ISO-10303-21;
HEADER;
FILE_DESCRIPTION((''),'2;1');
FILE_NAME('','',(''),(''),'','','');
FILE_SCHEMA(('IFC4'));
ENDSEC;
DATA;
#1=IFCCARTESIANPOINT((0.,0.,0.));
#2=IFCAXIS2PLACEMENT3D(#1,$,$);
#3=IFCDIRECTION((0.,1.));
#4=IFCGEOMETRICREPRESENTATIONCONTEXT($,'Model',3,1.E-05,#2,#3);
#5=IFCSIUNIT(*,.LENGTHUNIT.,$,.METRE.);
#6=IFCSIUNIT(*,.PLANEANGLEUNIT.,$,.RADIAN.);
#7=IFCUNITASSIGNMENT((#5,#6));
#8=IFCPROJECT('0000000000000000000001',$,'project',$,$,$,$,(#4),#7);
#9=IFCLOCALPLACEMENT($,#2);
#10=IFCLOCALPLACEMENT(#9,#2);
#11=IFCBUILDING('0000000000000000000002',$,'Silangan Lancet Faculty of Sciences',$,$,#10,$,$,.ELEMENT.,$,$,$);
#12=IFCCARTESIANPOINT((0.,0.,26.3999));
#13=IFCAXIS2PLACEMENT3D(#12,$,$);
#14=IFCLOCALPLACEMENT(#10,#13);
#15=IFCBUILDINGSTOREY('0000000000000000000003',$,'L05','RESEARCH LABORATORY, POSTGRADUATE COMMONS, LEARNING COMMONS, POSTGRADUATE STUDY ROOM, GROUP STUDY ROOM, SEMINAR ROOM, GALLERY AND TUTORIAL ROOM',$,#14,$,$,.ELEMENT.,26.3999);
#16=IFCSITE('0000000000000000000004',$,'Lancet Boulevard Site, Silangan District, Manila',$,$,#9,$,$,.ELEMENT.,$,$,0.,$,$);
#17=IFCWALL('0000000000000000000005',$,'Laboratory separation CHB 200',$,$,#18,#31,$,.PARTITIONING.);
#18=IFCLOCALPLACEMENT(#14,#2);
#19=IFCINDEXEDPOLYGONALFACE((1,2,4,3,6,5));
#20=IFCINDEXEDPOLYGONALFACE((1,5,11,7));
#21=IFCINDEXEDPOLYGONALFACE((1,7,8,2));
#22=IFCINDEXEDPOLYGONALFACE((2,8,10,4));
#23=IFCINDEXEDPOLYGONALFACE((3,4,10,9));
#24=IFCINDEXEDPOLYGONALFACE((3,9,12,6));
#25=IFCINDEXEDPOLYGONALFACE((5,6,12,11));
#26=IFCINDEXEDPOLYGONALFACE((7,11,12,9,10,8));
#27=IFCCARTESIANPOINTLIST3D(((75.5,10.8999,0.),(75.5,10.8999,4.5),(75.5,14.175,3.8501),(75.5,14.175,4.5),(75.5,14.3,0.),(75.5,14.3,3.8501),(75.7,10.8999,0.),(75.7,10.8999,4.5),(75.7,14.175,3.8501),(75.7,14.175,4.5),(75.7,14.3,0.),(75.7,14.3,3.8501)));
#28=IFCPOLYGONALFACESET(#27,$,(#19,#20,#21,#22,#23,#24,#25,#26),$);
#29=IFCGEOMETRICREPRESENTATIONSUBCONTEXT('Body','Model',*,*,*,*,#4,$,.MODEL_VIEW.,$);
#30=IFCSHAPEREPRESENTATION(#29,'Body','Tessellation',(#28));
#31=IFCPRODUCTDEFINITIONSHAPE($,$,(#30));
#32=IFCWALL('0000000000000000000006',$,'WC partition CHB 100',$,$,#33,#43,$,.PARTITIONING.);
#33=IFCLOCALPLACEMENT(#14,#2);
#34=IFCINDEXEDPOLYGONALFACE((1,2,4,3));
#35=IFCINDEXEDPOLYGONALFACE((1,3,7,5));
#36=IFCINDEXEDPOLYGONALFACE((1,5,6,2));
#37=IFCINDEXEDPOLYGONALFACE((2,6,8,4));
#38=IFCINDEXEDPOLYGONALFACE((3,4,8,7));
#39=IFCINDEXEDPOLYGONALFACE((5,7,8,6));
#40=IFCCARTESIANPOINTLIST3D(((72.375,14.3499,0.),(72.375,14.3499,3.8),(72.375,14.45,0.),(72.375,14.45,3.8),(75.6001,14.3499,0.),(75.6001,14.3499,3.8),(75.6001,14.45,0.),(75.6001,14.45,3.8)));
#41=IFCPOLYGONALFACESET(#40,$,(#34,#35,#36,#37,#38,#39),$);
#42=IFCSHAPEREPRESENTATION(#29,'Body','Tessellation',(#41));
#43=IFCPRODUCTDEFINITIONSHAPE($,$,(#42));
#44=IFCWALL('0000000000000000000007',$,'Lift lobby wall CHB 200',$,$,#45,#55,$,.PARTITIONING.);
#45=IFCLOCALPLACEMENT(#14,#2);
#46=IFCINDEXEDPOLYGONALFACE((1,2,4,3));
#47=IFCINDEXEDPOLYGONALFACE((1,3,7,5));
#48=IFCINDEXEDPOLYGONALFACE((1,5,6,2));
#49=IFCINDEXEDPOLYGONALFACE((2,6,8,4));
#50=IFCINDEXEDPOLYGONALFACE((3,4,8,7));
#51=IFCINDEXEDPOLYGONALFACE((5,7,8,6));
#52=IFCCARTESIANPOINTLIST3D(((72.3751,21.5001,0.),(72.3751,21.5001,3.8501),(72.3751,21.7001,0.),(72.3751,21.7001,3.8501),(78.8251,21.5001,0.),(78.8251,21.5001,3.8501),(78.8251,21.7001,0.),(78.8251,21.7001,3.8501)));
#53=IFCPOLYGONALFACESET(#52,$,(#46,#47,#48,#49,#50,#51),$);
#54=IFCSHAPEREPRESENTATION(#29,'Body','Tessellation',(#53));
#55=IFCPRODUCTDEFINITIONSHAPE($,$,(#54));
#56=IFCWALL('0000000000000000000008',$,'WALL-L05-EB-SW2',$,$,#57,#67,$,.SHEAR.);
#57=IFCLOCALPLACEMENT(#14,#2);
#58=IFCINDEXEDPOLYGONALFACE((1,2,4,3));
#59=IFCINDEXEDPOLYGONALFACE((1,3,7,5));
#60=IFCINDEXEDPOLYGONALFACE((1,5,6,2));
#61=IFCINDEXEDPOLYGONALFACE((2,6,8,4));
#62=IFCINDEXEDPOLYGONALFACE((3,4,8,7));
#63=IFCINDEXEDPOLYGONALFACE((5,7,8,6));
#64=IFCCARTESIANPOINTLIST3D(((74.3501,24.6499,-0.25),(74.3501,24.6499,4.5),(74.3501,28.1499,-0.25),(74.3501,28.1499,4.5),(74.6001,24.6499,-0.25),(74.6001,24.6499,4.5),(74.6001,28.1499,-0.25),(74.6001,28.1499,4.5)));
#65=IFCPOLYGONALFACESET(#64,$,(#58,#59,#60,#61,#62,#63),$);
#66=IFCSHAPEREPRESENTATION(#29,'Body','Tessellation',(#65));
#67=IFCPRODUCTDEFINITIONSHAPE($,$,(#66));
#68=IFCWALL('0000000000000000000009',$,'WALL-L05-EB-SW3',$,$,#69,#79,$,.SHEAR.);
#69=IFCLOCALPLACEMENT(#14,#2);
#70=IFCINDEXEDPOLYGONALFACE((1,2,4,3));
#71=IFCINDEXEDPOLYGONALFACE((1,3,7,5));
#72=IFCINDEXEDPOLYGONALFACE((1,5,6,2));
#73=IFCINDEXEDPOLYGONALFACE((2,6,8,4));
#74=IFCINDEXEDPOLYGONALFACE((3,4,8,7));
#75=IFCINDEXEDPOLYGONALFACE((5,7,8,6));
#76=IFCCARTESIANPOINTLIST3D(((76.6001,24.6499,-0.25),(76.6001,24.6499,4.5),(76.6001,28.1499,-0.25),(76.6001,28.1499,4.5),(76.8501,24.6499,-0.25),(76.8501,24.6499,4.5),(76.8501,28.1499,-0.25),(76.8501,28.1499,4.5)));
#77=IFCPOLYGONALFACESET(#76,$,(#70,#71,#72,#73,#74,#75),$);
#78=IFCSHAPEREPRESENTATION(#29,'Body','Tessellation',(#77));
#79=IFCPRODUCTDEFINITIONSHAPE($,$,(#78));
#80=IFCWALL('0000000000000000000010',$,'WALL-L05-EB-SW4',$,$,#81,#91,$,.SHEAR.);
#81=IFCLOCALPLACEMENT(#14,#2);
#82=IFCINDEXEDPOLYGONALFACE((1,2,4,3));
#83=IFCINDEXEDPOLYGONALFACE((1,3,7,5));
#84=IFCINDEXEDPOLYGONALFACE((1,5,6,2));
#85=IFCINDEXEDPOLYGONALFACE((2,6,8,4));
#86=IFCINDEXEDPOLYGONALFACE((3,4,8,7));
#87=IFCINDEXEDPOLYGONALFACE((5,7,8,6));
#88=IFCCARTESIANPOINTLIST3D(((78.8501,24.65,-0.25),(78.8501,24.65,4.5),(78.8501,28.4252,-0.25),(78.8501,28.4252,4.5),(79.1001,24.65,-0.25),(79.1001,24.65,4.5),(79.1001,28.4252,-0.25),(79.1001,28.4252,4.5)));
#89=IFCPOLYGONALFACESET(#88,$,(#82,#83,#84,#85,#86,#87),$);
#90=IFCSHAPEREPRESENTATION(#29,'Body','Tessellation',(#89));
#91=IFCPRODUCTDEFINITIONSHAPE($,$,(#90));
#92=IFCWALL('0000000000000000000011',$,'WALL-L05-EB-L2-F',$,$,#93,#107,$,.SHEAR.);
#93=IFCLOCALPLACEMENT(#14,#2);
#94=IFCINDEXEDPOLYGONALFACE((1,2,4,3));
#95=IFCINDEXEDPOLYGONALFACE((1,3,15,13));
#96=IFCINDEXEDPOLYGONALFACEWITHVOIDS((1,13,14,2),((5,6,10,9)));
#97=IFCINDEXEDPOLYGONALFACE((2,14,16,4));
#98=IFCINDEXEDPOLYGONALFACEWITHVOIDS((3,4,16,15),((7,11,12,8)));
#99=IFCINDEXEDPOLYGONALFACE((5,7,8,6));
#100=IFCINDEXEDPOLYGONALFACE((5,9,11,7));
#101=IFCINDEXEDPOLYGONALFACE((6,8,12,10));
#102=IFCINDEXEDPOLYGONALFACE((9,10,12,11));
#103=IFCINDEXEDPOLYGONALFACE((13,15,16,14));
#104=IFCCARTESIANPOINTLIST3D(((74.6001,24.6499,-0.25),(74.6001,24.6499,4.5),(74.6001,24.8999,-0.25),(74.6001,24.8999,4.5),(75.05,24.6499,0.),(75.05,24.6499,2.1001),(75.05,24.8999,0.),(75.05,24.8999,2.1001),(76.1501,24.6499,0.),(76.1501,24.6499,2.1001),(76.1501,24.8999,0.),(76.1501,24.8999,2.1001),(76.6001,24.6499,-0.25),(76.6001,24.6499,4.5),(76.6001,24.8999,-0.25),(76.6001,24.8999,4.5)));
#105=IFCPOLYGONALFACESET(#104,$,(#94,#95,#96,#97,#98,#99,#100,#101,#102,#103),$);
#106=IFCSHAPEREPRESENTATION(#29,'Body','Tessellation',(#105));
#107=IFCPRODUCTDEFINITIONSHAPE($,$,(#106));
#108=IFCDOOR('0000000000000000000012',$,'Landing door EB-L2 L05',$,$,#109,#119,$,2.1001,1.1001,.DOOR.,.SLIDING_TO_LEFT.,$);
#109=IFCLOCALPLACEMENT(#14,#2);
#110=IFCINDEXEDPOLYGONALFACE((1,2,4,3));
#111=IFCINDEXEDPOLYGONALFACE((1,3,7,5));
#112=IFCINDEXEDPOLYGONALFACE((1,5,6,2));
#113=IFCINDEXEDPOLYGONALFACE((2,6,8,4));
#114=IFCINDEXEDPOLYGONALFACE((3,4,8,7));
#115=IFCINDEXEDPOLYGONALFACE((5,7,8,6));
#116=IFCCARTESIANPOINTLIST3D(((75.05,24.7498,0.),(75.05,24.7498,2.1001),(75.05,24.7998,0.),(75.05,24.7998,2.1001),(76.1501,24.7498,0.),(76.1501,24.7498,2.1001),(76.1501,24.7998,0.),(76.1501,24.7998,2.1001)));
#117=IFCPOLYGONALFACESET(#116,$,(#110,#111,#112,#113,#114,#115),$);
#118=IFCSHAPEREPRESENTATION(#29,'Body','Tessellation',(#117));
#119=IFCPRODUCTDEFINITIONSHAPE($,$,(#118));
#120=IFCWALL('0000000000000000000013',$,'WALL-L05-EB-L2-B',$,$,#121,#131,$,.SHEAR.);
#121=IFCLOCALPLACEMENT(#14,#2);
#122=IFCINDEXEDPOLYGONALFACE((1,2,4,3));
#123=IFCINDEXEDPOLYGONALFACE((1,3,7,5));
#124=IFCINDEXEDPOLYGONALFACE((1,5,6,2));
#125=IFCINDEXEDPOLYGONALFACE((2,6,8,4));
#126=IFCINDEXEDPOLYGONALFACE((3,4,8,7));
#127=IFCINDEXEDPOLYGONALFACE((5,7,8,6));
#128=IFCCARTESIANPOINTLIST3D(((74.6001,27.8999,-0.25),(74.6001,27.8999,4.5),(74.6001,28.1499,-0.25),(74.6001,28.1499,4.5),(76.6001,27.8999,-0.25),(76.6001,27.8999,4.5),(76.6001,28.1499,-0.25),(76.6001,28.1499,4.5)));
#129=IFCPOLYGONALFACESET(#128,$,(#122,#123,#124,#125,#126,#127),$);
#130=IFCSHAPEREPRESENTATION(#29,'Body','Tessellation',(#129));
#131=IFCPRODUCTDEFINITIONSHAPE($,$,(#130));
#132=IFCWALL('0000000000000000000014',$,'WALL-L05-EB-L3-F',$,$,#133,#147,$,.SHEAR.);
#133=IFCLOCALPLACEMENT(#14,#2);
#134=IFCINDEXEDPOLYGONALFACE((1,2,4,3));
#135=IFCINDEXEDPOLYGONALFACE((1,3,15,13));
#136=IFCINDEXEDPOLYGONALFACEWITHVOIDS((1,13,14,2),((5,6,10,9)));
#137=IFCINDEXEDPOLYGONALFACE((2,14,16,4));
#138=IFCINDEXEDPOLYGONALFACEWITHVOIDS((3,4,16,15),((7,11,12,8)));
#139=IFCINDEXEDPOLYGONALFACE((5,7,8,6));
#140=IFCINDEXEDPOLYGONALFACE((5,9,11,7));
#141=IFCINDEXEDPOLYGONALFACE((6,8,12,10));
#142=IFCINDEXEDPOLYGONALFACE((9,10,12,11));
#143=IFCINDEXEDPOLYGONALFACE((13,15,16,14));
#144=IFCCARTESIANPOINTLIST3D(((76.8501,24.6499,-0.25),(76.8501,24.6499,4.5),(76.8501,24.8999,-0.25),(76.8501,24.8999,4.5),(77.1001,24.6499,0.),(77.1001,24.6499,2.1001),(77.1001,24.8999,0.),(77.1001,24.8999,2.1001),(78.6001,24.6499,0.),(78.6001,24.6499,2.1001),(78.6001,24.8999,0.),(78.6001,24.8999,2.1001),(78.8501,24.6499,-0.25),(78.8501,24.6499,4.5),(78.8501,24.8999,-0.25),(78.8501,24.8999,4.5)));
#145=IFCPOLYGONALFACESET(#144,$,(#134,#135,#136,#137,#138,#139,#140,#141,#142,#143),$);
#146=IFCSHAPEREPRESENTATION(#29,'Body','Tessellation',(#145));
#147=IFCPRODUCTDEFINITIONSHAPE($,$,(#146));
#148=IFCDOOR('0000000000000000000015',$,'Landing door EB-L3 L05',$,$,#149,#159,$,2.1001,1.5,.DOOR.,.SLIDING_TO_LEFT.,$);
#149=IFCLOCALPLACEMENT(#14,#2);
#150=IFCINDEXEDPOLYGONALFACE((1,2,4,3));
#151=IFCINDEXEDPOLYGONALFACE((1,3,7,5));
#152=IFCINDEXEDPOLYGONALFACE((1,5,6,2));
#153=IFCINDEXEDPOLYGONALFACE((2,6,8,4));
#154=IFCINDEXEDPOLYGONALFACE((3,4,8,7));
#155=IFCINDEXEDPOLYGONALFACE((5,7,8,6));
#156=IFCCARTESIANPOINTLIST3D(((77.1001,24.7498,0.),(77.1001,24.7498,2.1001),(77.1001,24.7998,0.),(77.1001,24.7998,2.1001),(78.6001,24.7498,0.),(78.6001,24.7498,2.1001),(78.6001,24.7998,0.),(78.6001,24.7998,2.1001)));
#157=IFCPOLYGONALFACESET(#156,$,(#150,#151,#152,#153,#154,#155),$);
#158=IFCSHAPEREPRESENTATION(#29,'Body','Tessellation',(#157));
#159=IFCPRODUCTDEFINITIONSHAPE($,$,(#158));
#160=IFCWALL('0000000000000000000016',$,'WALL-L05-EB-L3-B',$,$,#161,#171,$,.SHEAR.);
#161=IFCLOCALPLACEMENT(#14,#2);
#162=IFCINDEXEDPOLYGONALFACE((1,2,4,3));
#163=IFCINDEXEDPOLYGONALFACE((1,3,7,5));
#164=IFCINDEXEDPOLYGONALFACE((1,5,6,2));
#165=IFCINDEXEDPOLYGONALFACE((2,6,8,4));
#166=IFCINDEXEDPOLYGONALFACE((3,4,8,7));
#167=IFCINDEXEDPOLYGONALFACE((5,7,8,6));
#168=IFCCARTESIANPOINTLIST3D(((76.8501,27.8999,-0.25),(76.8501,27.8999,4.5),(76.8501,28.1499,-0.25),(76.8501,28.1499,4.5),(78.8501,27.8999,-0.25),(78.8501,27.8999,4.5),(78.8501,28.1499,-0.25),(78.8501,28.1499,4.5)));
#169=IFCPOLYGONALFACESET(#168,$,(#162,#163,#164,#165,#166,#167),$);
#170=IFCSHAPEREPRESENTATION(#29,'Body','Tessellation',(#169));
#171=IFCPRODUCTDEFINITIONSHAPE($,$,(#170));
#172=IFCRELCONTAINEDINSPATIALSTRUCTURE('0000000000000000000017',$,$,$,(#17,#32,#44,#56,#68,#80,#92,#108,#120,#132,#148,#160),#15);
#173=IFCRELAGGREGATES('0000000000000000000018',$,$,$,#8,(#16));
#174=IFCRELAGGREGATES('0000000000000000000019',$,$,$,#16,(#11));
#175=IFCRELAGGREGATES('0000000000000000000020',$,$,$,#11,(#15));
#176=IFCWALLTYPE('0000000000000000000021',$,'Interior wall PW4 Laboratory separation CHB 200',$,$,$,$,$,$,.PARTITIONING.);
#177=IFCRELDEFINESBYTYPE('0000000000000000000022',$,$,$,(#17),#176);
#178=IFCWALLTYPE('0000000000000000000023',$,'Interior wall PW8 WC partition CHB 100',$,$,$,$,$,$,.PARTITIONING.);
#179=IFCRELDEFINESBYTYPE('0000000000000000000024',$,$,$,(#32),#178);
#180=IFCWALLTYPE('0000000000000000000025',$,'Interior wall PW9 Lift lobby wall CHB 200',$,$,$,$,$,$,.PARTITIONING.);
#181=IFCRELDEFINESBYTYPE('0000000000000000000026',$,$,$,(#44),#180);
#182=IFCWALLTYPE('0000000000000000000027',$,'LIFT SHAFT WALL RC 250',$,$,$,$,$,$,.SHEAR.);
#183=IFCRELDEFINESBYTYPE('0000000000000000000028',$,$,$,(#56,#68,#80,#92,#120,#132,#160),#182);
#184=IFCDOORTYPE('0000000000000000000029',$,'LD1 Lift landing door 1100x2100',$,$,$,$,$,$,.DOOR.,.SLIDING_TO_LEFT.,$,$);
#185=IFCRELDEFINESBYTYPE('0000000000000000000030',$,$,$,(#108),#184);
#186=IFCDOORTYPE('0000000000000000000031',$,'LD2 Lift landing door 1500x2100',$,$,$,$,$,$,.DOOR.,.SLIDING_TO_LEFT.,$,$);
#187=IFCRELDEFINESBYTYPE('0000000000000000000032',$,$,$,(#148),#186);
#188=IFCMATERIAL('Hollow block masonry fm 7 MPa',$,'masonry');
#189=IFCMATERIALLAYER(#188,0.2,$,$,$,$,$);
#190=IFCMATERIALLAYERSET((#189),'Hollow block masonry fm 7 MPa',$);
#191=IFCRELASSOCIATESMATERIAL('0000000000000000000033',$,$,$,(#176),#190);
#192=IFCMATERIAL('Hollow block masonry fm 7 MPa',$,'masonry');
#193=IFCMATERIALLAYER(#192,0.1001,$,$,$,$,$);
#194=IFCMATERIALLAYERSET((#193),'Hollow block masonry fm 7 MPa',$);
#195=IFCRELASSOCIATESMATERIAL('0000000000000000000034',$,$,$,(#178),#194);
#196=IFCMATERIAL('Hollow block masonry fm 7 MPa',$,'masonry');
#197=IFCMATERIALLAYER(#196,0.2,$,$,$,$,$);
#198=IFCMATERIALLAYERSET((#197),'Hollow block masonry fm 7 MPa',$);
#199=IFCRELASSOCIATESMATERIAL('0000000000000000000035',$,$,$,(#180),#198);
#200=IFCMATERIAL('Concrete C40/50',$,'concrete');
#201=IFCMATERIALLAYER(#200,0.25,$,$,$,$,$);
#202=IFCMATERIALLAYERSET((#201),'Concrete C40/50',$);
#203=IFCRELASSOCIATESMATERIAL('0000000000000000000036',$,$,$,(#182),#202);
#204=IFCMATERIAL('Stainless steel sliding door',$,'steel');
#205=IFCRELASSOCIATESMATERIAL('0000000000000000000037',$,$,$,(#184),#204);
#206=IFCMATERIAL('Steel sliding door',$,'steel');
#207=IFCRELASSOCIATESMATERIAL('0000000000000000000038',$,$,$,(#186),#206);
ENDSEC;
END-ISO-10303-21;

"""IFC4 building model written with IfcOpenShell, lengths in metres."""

from ifc_helpers import new_model, si_unit, direction, frame, frame_2d, origin, place, context, subcontext, project, spatial, polyline, rectangle, outline, extrude, material, layer, layer_set, type_object, element, fill, save


model = new_model("IFC4")

# Units and contexts
model_context = context("Model", 3, precision=1e-05, world=origin(), true_north=direction((0.0, 1.0)))
body_context = subcontext(model_context, "Body", "Model", "MODEL_VIEW")
ifc_project = project(units=[si_unit("LENGTHUNIT", "METRE"), si_unit("PLANEANGLEUNIT", "RADIAN")], contexts=[model_context])

# Site, building, storey
site_placement = place(None, origin())
site = spatial("IfcSite", under=ifc_project, at=site_placement, Name="Lancet Boulevard Site, Silangan District, Manila", CompositionType="ELEMENT", RefElevation=0.0)
building_placement = place(site_placement, origin())
building = spatial("IfcBuilding", under=site, at=building_placement, Name="Silangan Lancet Faculty of Sciences", CompositionType="ELEMENT")
storey_placement = place(building_placement, frame((0.0, 0.0, 26.3999)))
storey = spatial("IfcBuildingStorey", under=building, at=storey_placement, Name="L05", Description="RESEARCH LABORATORY, POSTGRADUATE COMMONS, LEARNING COMMONS, POSTGRADUATE STUDY ROOM, GROUP STUDY ROOM, SEMINAR ROOM, GALLERY AND TUTORIAL ROOM", CompositionType="ELEMENT", Elevation=26.3999)

# Walls
ifc_material_1 = material(Name="Hollow block masonry fm 7 MPa", Category="masonry")
ifc_layer_1 = layer(ifc_material_1, 0.2)
ifc_layer_set_1 = layer_set([ifc_layer_1], Name="Hollow block masonry fm 7 MPa")
wall_type_1 = type_object("IfcWallType", Name="Interior wall PW4 Laboratory separation CHB 200", PredefinedType="PARTITIONING", material=ifc_layer_set_1)
wall_1_placement = place(storey_placement, frame((75.6001, 10.8999, 0.0), z_axis=(0.0, 0.0, 1.0), x_axis=(0.0, 1.0, 0.0)))
element("IfcWall", 1, at=wall_1_placement, inside=storey, type_object=wall_type_1, Name="Laboratory separation CHB 200", PredefinedType="PARTITIONING", context=body_context, shape_type="SweptSolid", body=[
    extrude(outline(polyline([(0.0, 0.0), (3.4001, 0.0), (3.4001, 3.8501), (3.2751, 3.8501), (3.2751, 4.5), (0.0, 4.5), (0.0, 0.0)])), frame((0.0, 0.1001, 0.0), z_axis=(0.0, -1.0, 0.0), x_axis=(1.0, 0.0, 0.0)), (0.0, 0.0, 1.0), 0.2),
])
ifc_material_2 = material(Name="Hollow block masonry fm 7 MPa", Category="masonry")
ifc_layer_2 = layer(ifc_material_2, 0.1001)
ifc_layer_set_2 = layer_set([ifc_layer_2], Name="Hollow block masonry fm 7 MPa")
wall_type_2 = type_object("IfcWallType", Name="Interior wall PW8 WC partition CHB 100", PredefinedType="PARTITIONING", material=ifc_layer_set_2)
wall_2_placement = place(storey_placement, frame((72.375, 14.3999, 0.0), z_axis=(0.0, 0.0, 1.0), x_axis=(1.0, 0.0, 0.0)))
element("IfcWall", 2, at=wall_2_placement, inside=storey, type_object=wall_type_2, Name="WC partition CHB 100", PredefinedType="PARTITIONING", context=body_context, shape_type="SweptSolid", body=[
    extrude(rectangle(XDim=3.2251, YDim=0.1001, at=frame_2d((1.6125, 0.0))), origin(), (0.0, 0.0, 1.0), 3.8),
])
ifc_material_3 = material(Name="Hollow block masonry fm 7 MPa", Category="masonry")
ifc_layer_3 = layer(ifc_material_3, 0.2)
ifc_layer_set_3 = layer_set([ifc_layer_3], Name="Hollow block masonry fm 7 MPa")
wall_type_3 = type_object("IfcWallType", Name="Interior wall PW9 Lift lobby wall CHB 200", PredefinedType="PARTITIONING", material=ifc_layer_set_3)
wall_3_placement = place(storey_placement, frame((72.375, 21.6001, 0.0), z_axis=(0.0, 0.0, 1.0), x_axis=(1.0, 0.0, 0.0)))
element("IfcWall", 3, at=wall_3_placement, inside=storey, type_object=wall_type_3, Name="Lift lobby wall CHB 200", PredefinedType="PARTITIONING", context=body_context, shape_type="SweptSolid", body=[
    extrude(rectangle(XDim=6.45, YDim=0.2, at=frame_2d((3.2251, 0.0))), origin(), (0.0, 0.0, 1.0), 3.8501),
])
ifc_material_4 = material(Name="Concrete C40/50", Category="concrete")
ifc_layer_4 = layer(ifc_material_4, 0.25)
ifc_layer_set_4 = layer_set([ifc_layer_4], Name="Concrete C40/50")
wall_type_4 = type_object("IfcWallType", Name="LIFT SHAFT WALL RC 250", PredefinedType="SHEAR", material=ifc_layer_set_4)
for number, where, z_axis, x_axis, name in (
    (4, (74.4751, 24.6499, -0.25), (0.0, 0.0, 1.0), (0.0, 1.0, 0.0), "WALL-L05-EB-SW2"),
    (5, (76.7251, 24.6499, -0.25), (0.0, 0.0, 1.0), (0.0, 1.0, 0.0), "WALL-L05-EB-SW3"),
):
    element("IfcWall", number, at=place(storey_placement, frame(where, z_axis=z_axis, x_axis=x_axis)), inside=storey, type_object=wall_type_4, Name=name, PredefinedType="SHEAR", context=body_context, shape_type="SweptSolid", body=[
        extrude(rectangle(XDim=3.5, YDim=0.25, at=frame_2d((1.75, 0.0))), origin(), (0.0, 0.0, 1.0), 4.75),
    ])
wall_4_placement = place(storey_placement, frame((78.9751, 24.6499, -0.25), z_axis=(0.0, 0.0, 1.0), x_axis=(0.0, 1.0, 0.0)))
element("IfcWall", 6, at=wall_4_placement, inside=storey, type_object=wall_type_4, Name="WALL-L05-EB-SW4", PredefinedType="SHEAR", context=body_context, shape_type="SweptSolid", body=[
    extrude(rectangle(XDim=3.7751, YDim=0.25, at=frame_2d((1.8877, 0.0))), origin(), (0.0, 0.0, 1.0), 4.75),
])

# Wall, opening, door
wall_5_placement = place(storey_placement, frame((74.6001, 24.7749, -0.25), z_axis=(0.0, 0.0, 1.0), x_axis=(1.0, 0.0, 0.0)))
wall_5 = element("IfcWall", 7, at=wall_5_placement, inside=storey, type_object=wall_type_4, Name="WALL-L05-EB-L2-F", PredefinedType="SHEAR", context=body_context, shape_type="SweptSolid", body=[
    extrude(rectangle(XDim=2.0, YDim=0.25, at=frame_2d((1.0, 0.0))), origin(), (0.0, 0.0, 1.0), 4.75),
])
opening_1_placement = place(wall_5_placement, frame((0.45, 0.0, 0.25)))
opening_1 = element("IfcOpeningElement", 8, at=opening_1_placement, cuts=wall_5, PredefinedType="OPENING", context=body_context, shape_type="SweptSolid", body=[
    extrude(rectangle(XDim=1.1001, YDim=2.1001, at=frame_2d((0.55, 1.05))), frame((0.0, 0.135, 0.0), z_axis=(0.0, -1.0, 0.0), x_axis=(1.0, 0.0, 0.0)), (0.0, 0.0, 1.0), 0.27),
])
ifc_material_5 = material(Name="Stainless steel sliding door", Category="steel")
door_type_1 = type_object("IfcDoorType", Name="LD1 Lift landing door 1100x2100", OperationType="SLIDING_TO_LEFT", PredefinedType="DOOR", material=ifc_material_5)
door_1_placement = place(opening_1_placement, origin())
door_1 = element("IfcDoor", 9, at=door_1_placement, inside=storey, type_object=door_type_1, Name="Landing door EB-L2 L05", OperationType="SLIDING_TO_LEFT", OverallHeight=2.1001, OverallWidth=1.1001, PredefinedType="DOOR", context=body_context, shape_type="SweptSolid", body=[
    extrude(rectangle(XDim=1.1001, YDim=2.1001, at=frame_2d((0.55, 1.05))), frame((0.0, 0.0249, 0.0), z_axis=(0.0, -1.0, 0.0), x_axis=(1.0, 0.0, 0.0)), (0.0, 0.0, 1.0), 0.05),
])
fill(opening_1, door_1)

# Wall
wall_6_placement = place(storey_placement, frame((74.6001, 28.0249, -0.25), z_axis=(0.0, 0.0, 1.0), x_axis=(1.0, 0.0, 0.0)))
element("IfcWall", 10, at=wall_6_placement, inside=storey, type_object=wall_type_4, Name="WALL-L05-EB-L2-B", PredefinedType="SHEAR", context=body_context, shape_type="SweptSolid", body=[
    extrude(rectangle(XDim=2.0, YDim=0.25, at=frame_2d((1.0, 0.0))), origin(), (0.0, 0.0, 1.0), 4.75),
])

# Wall, opening, door
wall_7_placement = place(storey_placement, frame((76.8501, 24.7749, -0.25), z_axis=(0.0, 0.0, 1.0), x_axis=(1.0, 0.0, 0.0)))
wall_7 = element("IfcWall", 11, at=wall_7_placement, inside=storey, type_object=wall_type_4, Name="WALL-L05-EB-L3-F", PredefinedType="SHEAR", context=body_context, shape_type="SweptSolid", body=[
    extrude(rectangle(XDim=2.0, YDim=0.25, at=frame_2d((1.0, 0.0))), origin(), (0.0, 0.0, 1.0), 4.75),
])
opening_2_placement = place(wall_7_placement, frame((0.25, 0.0, 0.25)))
opening_2 = element("IfcOpeningElement", 12, at=opening_2_placement, cuts=wall_7, PredefinedType="OPENING", context=body_context, shape_type="SweptSolid", body=[
    extrude(rectangle(XDim=1.5, YDim=2.1001, at=frame_2d((0.75, 1.05))), frame((0.0, 0.135, 0.0), z_axis=(0.0, -1.0, 0.0), x_axis=(1.0, 0.0, 0.0)), (0.0, 0.0, 1.0), 0.27),
])
ifc_material_6 = material(Name="Steel sliding door", Category="steel")
door_type_2 = type_object("IfcDoorType", Name="LD2 Lift landing door 1500x2100", OperationType="SLIDING_TO_LEFT", PredefinedType="DOOR", material=ifc_material_6)
door_2_placement = place(opening_2_placement, origin())
door_2 = element("IfcDoor", 13, at=door_2_placement, inside=storey, type_object=door_type_2, Name="Landing door EB-L3 L05", OperationType="SLIDING_TO_LEFT", OverallHeight=2.1001, OverallWidth=1.5, PredefinedType="DOOR", context=body_context, shape_type="SweptSolid", body=[
    extrude(rectangle(XDim=1.5, YDim=2.1001, at=frame_2d((0.75, 1.05))), frame((0.0, 0.0249, 0.0), z_axis=(0.0, -1.0, 0.0), x_axis=(1.0, 0.0, 0.0)), (0.0, 0.0, 1.0), 0.05),
])
fill(opening_2, door_2)

# Wall
wall_8_placement = place(storey_placement, frame((76.8501, 28.0249, -0.25), z_axis=(0.0, 0.0, 1.0), x_axis=(1.0, 0.0, 0.0)))
element("IfcWall", 14, at=wall_8_placement, inside=storey, type_object=wall_type_4, Name="WALL-L05-EB-L3-B", PredefinedType="SHEAR", context=body_context, shape_type="SweptSolid", body=[
    extrude(rectangle(XDim=2.0, YDim=0.25, at=frame_2d((1.0, 0.0))), origin(), (0.0, 0.0, 1.0), 4.75),
])

save(model, "model.ifc")
